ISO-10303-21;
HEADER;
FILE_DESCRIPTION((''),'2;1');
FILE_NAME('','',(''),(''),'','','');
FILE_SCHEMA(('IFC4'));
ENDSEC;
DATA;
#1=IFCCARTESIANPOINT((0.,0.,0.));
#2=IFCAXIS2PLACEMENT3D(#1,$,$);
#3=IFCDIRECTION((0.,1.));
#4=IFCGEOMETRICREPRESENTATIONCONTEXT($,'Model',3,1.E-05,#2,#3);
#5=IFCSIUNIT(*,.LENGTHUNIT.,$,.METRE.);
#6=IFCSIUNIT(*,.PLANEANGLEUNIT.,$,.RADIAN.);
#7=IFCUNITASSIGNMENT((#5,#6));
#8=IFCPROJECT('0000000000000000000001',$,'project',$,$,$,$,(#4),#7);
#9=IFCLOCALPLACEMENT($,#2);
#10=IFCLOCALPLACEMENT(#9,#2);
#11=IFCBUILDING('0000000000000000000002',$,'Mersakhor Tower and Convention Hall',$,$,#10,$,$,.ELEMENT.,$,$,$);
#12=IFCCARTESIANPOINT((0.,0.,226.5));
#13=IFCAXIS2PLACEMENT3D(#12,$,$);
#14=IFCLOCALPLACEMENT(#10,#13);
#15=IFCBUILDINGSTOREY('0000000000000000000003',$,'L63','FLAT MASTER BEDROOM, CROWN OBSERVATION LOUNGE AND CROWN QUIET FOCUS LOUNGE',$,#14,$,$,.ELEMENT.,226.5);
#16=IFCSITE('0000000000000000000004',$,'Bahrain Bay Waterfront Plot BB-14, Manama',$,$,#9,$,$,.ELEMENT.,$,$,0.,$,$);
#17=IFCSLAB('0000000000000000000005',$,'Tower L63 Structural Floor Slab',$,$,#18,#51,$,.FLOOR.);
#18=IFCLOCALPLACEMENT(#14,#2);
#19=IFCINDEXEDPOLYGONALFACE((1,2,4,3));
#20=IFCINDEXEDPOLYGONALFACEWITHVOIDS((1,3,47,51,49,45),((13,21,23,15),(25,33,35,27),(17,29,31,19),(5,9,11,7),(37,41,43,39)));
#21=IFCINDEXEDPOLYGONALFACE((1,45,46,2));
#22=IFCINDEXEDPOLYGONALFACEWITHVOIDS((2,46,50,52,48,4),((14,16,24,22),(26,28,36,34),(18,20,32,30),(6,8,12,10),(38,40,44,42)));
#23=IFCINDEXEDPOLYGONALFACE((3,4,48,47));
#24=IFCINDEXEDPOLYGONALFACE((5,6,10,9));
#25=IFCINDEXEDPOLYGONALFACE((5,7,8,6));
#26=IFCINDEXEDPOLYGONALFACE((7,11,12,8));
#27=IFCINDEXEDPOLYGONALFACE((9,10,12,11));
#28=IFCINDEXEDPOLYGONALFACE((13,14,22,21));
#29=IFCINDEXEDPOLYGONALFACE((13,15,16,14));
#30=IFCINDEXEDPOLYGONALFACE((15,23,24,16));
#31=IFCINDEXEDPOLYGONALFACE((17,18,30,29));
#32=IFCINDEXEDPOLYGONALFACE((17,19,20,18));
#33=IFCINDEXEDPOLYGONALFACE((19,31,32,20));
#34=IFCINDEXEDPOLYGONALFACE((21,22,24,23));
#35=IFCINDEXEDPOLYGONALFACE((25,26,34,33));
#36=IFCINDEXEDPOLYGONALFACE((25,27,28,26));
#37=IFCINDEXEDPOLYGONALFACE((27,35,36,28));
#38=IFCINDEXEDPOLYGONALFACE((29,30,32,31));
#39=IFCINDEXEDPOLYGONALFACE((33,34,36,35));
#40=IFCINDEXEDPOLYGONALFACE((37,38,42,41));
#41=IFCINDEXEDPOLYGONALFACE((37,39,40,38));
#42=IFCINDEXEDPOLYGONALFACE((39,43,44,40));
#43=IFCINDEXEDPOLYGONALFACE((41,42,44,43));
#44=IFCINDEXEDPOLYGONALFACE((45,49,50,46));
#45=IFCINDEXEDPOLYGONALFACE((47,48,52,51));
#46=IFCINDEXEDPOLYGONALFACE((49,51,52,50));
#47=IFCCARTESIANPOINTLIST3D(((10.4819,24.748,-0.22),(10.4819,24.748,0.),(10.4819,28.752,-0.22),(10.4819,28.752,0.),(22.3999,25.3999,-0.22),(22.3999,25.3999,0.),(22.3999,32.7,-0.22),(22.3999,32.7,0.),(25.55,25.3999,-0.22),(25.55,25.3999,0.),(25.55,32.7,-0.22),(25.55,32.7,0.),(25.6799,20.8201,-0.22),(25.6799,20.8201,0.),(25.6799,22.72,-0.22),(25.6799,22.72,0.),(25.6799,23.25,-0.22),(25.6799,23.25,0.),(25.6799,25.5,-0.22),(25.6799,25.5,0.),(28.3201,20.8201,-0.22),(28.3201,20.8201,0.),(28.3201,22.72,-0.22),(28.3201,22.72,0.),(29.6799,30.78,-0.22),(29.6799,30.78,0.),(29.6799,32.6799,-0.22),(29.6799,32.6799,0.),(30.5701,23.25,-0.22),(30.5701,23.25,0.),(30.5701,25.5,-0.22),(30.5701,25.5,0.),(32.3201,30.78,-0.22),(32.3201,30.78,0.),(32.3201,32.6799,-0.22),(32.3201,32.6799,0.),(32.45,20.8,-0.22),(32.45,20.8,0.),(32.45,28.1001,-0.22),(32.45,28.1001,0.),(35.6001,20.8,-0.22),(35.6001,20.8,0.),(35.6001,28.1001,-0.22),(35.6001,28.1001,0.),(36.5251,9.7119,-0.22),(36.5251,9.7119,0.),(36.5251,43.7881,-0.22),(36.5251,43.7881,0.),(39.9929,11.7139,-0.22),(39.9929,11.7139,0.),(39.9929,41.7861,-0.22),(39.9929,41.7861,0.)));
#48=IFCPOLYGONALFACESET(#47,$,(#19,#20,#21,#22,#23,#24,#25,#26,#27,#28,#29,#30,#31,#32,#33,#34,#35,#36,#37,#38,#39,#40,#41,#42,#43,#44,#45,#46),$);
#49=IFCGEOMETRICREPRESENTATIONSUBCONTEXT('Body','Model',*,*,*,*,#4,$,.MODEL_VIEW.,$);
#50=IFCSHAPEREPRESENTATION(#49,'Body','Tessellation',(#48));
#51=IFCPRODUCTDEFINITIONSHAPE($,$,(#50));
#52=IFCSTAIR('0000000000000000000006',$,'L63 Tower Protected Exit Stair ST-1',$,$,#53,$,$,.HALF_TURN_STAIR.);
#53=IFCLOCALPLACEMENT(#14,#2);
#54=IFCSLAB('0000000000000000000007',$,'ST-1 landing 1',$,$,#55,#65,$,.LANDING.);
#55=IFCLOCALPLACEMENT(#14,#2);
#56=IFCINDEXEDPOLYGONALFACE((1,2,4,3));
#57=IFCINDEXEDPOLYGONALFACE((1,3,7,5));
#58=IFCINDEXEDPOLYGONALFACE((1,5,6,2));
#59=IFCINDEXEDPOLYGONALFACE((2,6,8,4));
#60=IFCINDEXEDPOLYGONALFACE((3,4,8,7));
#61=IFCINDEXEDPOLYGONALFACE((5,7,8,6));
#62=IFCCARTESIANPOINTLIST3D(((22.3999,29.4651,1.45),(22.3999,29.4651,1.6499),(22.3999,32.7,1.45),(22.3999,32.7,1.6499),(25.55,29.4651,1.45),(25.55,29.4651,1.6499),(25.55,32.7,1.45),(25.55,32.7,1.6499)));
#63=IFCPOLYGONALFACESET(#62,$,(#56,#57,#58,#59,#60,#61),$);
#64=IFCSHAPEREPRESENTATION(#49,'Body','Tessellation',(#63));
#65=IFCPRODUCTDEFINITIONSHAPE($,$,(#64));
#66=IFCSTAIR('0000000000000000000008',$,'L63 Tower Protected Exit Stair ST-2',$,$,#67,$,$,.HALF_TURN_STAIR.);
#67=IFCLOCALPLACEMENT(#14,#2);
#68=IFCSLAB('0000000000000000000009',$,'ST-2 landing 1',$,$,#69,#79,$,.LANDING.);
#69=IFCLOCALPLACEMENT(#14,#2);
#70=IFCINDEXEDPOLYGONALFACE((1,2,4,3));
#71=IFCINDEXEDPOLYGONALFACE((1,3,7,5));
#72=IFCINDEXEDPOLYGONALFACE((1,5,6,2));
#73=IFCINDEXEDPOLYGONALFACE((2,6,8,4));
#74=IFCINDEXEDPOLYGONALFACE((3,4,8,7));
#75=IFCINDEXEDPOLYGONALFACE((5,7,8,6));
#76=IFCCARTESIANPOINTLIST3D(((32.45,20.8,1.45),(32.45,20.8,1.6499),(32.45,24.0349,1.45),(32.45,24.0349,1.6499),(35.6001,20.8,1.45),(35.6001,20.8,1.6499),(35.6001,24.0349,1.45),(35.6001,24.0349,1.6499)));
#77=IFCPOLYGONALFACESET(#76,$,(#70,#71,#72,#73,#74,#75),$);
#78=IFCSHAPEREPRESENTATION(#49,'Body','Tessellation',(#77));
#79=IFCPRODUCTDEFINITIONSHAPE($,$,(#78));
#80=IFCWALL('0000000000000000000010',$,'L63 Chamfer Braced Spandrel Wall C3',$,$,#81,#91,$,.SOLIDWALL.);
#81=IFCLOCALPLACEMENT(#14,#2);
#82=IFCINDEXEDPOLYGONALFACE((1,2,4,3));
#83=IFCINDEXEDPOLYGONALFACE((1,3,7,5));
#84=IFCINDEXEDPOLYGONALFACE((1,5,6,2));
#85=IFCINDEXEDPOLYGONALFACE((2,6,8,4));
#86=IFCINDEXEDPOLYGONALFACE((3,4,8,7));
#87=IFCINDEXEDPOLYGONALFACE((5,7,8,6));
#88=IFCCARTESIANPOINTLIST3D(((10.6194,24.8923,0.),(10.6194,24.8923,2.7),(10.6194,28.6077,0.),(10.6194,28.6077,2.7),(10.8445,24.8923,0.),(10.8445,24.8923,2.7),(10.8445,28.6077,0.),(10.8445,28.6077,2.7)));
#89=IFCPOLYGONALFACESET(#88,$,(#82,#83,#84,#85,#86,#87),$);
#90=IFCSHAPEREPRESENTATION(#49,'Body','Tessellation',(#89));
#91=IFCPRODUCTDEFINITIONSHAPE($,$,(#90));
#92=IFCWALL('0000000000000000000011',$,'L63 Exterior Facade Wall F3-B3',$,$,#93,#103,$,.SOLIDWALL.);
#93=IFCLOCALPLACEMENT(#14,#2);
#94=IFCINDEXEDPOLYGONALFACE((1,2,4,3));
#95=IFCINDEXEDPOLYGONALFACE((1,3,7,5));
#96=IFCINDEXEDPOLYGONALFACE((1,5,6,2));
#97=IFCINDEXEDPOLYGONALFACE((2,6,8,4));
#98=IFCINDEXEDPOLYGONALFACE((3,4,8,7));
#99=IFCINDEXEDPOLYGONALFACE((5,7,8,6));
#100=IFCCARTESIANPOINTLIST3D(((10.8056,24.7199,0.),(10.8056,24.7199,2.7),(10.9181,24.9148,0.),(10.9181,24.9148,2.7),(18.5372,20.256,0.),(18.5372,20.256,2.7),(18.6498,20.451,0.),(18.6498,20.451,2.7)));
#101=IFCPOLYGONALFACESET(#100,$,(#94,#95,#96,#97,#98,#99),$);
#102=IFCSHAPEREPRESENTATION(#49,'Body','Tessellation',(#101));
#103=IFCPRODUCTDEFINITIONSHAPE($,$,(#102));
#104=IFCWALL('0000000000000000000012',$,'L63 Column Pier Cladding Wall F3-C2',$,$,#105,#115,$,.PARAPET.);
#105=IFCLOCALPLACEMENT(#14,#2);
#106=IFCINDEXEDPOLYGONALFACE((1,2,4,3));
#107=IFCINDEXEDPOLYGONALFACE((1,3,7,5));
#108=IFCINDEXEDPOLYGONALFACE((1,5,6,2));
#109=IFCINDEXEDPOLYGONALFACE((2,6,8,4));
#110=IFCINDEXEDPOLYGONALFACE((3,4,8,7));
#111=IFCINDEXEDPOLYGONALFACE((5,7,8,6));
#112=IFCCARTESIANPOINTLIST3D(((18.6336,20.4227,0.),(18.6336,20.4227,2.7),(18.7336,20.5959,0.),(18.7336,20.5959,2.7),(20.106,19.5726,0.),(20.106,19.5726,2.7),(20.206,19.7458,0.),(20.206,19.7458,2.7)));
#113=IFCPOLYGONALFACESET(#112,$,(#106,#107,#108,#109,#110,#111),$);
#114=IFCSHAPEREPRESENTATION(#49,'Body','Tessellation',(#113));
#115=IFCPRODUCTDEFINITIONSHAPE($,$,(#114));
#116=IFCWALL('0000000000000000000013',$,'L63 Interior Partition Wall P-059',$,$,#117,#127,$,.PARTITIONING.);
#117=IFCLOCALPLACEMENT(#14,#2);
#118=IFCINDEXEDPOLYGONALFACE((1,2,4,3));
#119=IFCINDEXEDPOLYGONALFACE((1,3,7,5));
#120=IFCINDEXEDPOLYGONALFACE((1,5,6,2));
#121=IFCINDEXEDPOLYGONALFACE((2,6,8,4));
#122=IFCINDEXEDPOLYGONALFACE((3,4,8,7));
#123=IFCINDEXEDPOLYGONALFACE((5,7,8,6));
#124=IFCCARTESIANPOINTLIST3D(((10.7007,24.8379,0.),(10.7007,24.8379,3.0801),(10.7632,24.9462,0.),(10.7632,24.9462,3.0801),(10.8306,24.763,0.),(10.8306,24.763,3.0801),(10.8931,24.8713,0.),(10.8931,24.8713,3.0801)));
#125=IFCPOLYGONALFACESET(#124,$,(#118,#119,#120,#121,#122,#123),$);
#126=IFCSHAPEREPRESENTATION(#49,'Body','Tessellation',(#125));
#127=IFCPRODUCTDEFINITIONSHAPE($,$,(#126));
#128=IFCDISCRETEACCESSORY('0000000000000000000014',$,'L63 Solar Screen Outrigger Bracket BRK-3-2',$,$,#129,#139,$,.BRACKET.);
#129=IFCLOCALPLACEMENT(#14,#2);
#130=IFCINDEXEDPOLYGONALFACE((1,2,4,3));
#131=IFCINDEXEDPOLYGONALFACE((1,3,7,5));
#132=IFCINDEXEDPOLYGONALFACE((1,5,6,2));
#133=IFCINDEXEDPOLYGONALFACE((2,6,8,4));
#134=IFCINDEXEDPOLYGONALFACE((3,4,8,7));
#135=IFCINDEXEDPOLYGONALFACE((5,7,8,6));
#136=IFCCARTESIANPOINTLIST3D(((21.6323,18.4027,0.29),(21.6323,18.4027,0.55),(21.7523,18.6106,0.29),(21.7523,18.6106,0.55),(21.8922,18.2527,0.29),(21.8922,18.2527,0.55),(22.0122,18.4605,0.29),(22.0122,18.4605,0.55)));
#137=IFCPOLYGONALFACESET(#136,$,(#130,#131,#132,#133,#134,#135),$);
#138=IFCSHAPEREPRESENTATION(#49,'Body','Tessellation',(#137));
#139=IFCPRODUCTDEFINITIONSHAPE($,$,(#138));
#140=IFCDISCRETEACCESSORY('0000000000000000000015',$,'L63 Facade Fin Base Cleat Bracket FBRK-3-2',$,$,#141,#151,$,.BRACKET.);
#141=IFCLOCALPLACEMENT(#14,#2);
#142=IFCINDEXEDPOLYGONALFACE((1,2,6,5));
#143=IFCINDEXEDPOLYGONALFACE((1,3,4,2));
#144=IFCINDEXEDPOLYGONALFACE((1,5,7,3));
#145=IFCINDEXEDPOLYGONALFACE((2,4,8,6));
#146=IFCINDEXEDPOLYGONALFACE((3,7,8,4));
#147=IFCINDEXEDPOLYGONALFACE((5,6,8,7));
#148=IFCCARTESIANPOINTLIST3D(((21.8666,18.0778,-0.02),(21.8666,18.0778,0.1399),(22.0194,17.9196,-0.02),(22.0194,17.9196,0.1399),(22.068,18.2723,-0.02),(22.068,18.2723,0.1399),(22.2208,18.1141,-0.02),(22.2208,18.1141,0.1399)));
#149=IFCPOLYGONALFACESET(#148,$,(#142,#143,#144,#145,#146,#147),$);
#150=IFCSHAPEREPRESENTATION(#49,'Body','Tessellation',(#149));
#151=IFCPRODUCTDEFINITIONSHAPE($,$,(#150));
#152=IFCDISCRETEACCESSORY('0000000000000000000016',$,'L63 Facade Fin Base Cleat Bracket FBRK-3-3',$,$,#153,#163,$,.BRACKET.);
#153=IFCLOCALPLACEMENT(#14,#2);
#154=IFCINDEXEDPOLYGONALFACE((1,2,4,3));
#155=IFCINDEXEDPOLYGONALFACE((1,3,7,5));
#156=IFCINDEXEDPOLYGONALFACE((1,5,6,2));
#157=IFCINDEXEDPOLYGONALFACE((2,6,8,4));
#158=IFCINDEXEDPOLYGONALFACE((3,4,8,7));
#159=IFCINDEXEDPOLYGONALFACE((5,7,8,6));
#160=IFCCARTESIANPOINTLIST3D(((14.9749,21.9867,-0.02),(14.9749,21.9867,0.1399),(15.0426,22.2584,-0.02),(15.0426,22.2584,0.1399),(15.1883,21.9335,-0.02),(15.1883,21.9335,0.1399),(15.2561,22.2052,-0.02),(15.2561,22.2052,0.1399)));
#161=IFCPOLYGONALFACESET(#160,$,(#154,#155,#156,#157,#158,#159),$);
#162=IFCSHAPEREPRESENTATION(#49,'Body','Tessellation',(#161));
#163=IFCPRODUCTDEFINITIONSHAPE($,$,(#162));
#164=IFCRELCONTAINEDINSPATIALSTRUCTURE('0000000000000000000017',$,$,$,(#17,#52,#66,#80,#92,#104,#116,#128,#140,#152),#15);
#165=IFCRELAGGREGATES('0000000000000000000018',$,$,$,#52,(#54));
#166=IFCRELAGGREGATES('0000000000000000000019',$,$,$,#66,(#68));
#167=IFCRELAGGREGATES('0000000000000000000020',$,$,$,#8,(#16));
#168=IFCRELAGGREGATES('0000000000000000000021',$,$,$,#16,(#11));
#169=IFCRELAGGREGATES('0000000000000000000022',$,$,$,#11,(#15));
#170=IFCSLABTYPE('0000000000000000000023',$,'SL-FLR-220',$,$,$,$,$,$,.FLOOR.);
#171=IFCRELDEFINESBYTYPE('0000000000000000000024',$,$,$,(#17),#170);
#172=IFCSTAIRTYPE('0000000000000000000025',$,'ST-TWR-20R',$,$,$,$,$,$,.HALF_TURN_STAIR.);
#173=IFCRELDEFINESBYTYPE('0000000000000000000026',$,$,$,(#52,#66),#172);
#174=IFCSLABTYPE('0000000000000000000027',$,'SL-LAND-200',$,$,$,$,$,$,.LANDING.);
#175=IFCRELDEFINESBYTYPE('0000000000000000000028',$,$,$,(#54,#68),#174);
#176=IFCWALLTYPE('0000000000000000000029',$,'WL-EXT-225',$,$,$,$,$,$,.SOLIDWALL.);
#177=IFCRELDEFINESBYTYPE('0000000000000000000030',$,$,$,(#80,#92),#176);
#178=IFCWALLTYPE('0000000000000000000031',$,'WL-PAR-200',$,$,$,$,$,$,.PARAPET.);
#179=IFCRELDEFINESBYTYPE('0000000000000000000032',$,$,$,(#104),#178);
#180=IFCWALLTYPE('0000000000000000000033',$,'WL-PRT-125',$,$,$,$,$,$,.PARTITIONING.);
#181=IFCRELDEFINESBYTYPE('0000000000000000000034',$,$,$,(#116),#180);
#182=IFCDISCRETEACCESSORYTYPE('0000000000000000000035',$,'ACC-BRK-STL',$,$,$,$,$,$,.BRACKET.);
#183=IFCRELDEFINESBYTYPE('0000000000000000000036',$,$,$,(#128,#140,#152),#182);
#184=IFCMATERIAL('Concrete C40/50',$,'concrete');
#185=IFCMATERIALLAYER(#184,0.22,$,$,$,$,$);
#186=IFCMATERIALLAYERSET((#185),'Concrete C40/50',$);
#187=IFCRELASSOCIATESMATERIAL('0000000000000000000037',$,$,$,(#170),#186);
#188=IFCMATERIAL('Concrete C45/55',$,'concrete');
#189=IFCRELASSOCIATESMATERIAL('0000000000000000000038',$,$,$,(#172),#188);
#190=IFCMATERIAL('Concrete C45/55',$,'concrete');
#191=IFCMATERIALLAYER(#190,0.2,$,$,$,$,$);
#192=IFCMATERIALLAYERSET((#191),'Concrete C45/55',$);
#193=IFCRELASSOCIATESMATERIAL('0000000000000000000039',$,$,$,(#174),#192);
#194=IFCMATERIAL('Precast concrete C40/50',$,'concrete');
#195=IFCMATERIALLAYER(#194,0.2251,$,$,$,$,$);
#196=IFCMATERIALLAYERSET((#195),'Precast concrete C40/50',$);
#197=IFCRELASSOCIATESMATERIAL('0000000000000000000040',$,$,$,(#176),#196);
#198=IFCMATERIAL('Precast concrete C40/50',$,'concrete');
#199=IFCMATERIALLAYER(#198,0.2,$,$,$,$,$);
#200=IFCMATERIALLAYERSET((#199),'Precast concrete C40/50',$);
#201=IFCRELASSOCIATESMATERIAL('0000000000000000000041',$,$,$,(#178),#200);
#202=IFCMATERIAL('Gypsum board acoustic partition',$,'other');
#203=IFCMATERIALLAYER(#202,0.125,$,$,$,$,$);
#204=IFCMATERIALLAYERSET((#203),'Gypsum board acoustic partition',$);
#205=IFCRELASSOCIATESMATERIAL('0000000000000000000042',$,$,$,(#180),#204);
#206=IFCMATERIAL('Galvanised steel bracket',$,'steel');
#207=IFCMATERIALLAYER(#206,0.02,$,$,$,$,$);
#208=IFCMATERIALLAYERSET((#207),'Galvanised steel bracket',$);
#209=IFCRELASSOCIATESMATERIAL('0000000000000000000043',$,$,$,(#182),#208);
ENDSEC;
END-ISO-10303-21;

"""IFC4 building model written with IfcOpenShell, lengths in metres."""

from ifc_helpers import new_model, si_unit, direction, frame, frame_2d, origin, origin_2d, place, context, subcontext, project, spatial, polyline, rectangle, outline, extrude, material, layer, layer_set, type_object, element, aggregate, save


model = new_model("IFC4")

# Units and contexts
model_context = context("Model", 3, precision=1e-05, world=origin(), true_north=direction((0.0, 1.0)))
body_context = subcontext(model_context, "Body", "Model", "MODEL_VIEW")
ifc_project = project(units=[si_unit("LENGTHUNIT", "METRE"), si_unit("PLANEANGLEUNIT", "RADIAN")], contexts=[model_context])

# Site, building, storey
site_placement = place(None, origin())
site = spatial("IfcSite", under=ifc_project, at=site_placement, Name="Bahrain Bay Waterfront Plot BB-14, Manama", CompositionType="ELEMENT", RefElevation=0.0)
building_placement = place(site_placement, origin())
building = spatial("IfcBuilding", under=site, at=building_placement, Name="Mersakhor Tower and Convention Hall", CompositionType="ELEMENT")
storey_placement = place(building_placement, frame((0.0, 0.0, 226.5)))
storey = spatial("IfcBuildingStorey", under=building, at=storey_placement, Name="L63", Description="FLAT MASTER BEDROOM, CROWN OBSERVATION LOUNGE AND CROWN QUIET FOCUS LOUNGE", CompositionType="ELEMENT", Elevation=226.5)

# Slab
ifc_material_1 = material(Name="Concrete C40/50", Category="concrete")
ifc_layer_1 = layer(ifc_material_1, 0.22)
ifc_layer_set_1 = layer_set([ifc_layer_1], Name="Concrete C40/50")
slab_type_1 = type_object("IfcSlabType", Name="SL-FLR-220", PredefinedType="FLOOR", material=ifc_layer_set_1)
slab_1_placement = place(storey_placement, frame((0.0, 0.0, -0.22)))
element("IfcSlab", 1, at=slab_1_placement, inside=storey, type_object=slab_type_1, Name="Tower L63 Structural Floor Slab", PredefinedType="FLOOR", context=body_context, shape_type="SweptSolid", body=[
    extrude(outline(polyline([(10.4819, 28.752), (36.5251, 43.7881), (39.9929, 41.7861), (39.9929, 11.7139), (36.5251, 9.7119), (10.4819, 24.748), (10.4819, 28.752)]), holes=[polyline([(25.55, 25.3999), (25.55, 32.7), (22.3999, 32.7), (22.3999, 25.3999), (25.55, 25.3999)]), polyline([(32.45, 28.1001), (32.45, 20.8), (35.6001, 20.8), (35.6001, 28.1001), (32.45, 28.1001)]), polyline([(25.6799, 20.8201), (25.6799, 22.72), (28.3201, 22.72), (28.3201, 20.8201), (25.6799, 20.8201)]), polyline([(29.6799, 30.78), (29.6799, 32.6799), (32.3201, 32.6799), (32.3201, 30.78), (29.6799, 30.78)]), polyline([(25.6799, 23.25), (25.6799, 25.5), (30.5701, 25.5), (30.5701, 23.25), (25.6799, 23.25)])]), origin(), (0.0, 0.0, 1.0), 0.22),
])

# Stairs, slabs
ifc_material_2 = material(Name="Concrete C45/55", Category="concrete")
stair_type = type_object("IfcStairType", Name="ST-TWR-20R", PredefinedType="HALF_TURN_STAIR", material=ifc_material_2)
stair_1_placement = place(storey_placement, origin())
stair_1 = element("IfcStair", 2, at=stair_1_placement, inside=storey, type_object=stair_type, Name="L63 Tower Protected Exit Stair ST-1", PredefinedType="HALF_TURN_STAIR")
ifc_material_3 = material(Name="Concrete C45/55", Category="concrete")
ifc_layer_2 = layer(ifc_material_3, 0.2)
ifc_layer_set_2 = layer_set([ifc_layer_2], Name="Concrete C45/55")
slab_type_2 = type_object("IfcSlabType", Name="SL-LAND-200", PredefinedType="LANDING", material=ifc_layer_set_2)
slab_2_placement = place(storey_placement, frame((0.0, 0.0, 1.45)))
slab_2 = element("IfcSlab", 3, at=slab_2_placement, type_object=slab_type_2, Name="ST-1 landing 1", PredefinedType="LANDING", context=body_context, shape_type="SweptSolid", body=[
    extrude(outline(polyline([(25.55, 29.4651), (25.55, 32.7), (22.3999, 32.7), (22.3999, 29.4651), (25.55, 29.4651)])), origin(), (0.0, 0.0, 1.0), 0.2),
])
aggregate(stair_1, [slab_2])
stair_2_placement = place(storey_placement, origin())
stair_2 = element("IfcStair", 4, at=stair_2_placement, inside=storey, type_object=stair_type, Name="L63 Tower Protected Exit Stair ST-2", PredefinedType="HALF_TURN_STAIR")
slab_3_placement = place(storey_placement, frame((0.0, 0.0, 1.45)))
slab_3 = element("IfcSlab", 5, at=slab_3_placement, type_object=slab_type_2, Name="ST-2 landing 1", PredefinedType="LANDING", context=body_context, shape_type="SweptSolid", body=[
    extrude(outline(polyline([(32.45, 24.0349), (32.45, 20.8), (35.6001, 20.8), (35.6001, 24.0349), (32.45, 24.0349)])), origin(), (0.0, 0.0, 1.0), 0.2),
])
aggregate(stair_2, [slab_3])

# Walls
ifc_material_4 = material(Name="Precast concrete C40/50", Category="concrete")
ifc_layer_3 = layer(ifc_material_4, 0.2251)
ifc_layer_set_3 = layer_set([ifc_layer_3], Name="Precast concrete C40/50")
wall_type_1 = type_object("IfcWallType", Name="WL-EXT-225", PredefinedType="SOLIDWALL", material=ifc_layer_set_3)
wall_1_placement = place(storey_placement, frame((10.7319, 24.8923, 0.0), z_axis=(0.0, 0.0, 1.0), x_axis=(0.0, 1.0, 0.0)))
element("IfcWall", 6, at=wall_1_placement, inside=storey, type_object=wall_type_1, Name="L63 Chamfer Braced Spandrel Wall C3", PredefinedType="SOLIDWALL", context=body_context, shape_type="SweptSolid", body=[
    extrude(rectangle(XDim=3.7153, YDim=0.2251, at=frame_2d((1.8577, 0.0))), origin(), (0.0, 0.0, 1.0), 2.7),
])
wall_2_placement = place(storey_placement, frame((18.5935, 20.3535, 0.0), z_axis=(0.0, 0.0, 1.0), x_axis=(-0.866027, 0.499998, 0.0)))
element("IfcWall", 7, at=wall_2_placement, inside=storey, type_object=wall_type_1, Name="L63 Exterior Facade Wall F3-B3", PredefinedType="SOLIDWALL", context=body_context, shape_type="SweptSolid", body=[
    extrude(rectangle(XDim=8.9277, YDim=0.2251, at=frame_2d((4.4639, 0.0))), origin(), (0.0, 0.0, 1.0), 2.7),
])
ifc_material_5 = material(Name="Precast concrete C40/50", Category="concrete")
ifc_layer_4 = layer(ifc_material_5, 0.2)
ifc_layer_set_4 = layer_set([ifc_layer_4], Name="Precast concrete C40/50")
wall_type_2 = type_object("IfcWallType", Name="WL-PAR-200", PredefinedType="PARAPET", material=ifc_layer_set_4)
wall_3_placement = place(storey_placement, frame((20.156, 19.6592, 0.0), z_axis=(0.0, 0.0, 1.0), x_axis=(-0.866025, 0.5, 0.0)))
element("IfcWall", 8, at=wall_3_placement, inside=storey, type_object=wall_type_2, Name="L63 Column Pier Cladding Wall F3-C2", PredefinedType="PARAPET", context=body_context, shape_type="SweptSolid", body=[
    extrude(rectangle(XDim=1.7002, YDim=0.2, at=frame_2d((0.8501, 0.0))), origin(), (0.0, 0.0, 1.0), 2.7),
])
ifc_material_6 = material(Name="Gypsum board acoustic partition", Category="other")
ifc_layer_5 = layer(ifc_material_6, 0.125)
ifc_layer_set_5 = layer_set([ifc_layer_5], Name="Gypsum board acoustic partition")
wall_type_3 = type_object("IfcWallType", Name="WL-PRT-125", PredefinedType="PARTITIONING", material=ifc_layer_set_5)
wall_4_placement = place(storey_placement, frame((10.8618, 24.8171, 0.0), z_axis=(0.0, 0.0, 1.0), x_axis=(-0.866131, 0.499816, 0.0)))
element("IfcWall", 9, at=wall_4_placement, inside=storey, type_object=wall_type_3, Name="L63 Interior Partition Wall P-059", PredefinedType="PARTITIONING", context=body_context, shape_type="SweptSolid", body=[
    extrude(rectangle(XDim=0.1499, YDim=0.125, at=frame_2d((0.075, 0.0))), origin(), (0.0, 0.0, 1.0), 3.0801),
])

# Discrete accessories
ifc_material_7 = material(Name="Galvanised steel bracket", Category="steel")
ifc_layer_6 = layer(ifc_material_7, 0.02)
ifc_layer_set_6 = layer_set([ifc_layer_6], Name="Galvanised steel bracket")
discrete_accessory_type = type_object("IfcDiscreteAccessoryType", Name="ACC-BRK-STL", PredefinedType="BRACKET", material=ifc_layer_set_6)
discrete_accessory_placement = place(storey_placement, frame((21.8223, 18.4316, 0.29), z_axis=(0.0, 0.0, 1.0), x_axis=(-0.866025, 0.5, 0.0)))
element("IfcDiscreteAccessory", 10, at=discrete_accessory_placement, inside=storey, type_object=discrete_accessory_type, Name="L63 Solar Screen Outrigger Bracket BRK-3-2", PredefinedType="BRACKET", context=body_context, shape_type="SweptSolid", body=[
    extrude(rectangle(XDim=0.3, YDim=0.24, at=origin_2d()), origin(), (0.0, 0.0, 1.0), 0.26),
])
for number, where, z_axis, x_axis, name in (
    (11, (22.0437, 18.0959, -0.02), (0.0, 0.0, 1.0), (-0.71934, -0.694658, 0.0), "L63 Facade Fin Base Cleat Bracket FBRK-3-2"),
    (12, (15.1155, 22.0959, -0.02), (0.0, 0.0, 1.0), (-0.241922, -0.970296, 0.0), "L63 Facade Fin Base Cleat Bracket FBRK-3-3"),
):
    element("IfcDiscreteAccessory", number, at=place(storey_placement, frame(where, z_axis=z_axis, x_axis=x_axis)), inside=storey, type_object=discrete_accessory_type, Name=name, PredefinedType="BRACKET", context=body_context, shape_type="SweptSolid", body=[
        extrude(rectangle(XDim=0.28, YDim=0.22, at=origin_2d()), origin(), (0.0, 0.0, 1.0), 0.1599),
    ])

save(model, "model.ifc")
